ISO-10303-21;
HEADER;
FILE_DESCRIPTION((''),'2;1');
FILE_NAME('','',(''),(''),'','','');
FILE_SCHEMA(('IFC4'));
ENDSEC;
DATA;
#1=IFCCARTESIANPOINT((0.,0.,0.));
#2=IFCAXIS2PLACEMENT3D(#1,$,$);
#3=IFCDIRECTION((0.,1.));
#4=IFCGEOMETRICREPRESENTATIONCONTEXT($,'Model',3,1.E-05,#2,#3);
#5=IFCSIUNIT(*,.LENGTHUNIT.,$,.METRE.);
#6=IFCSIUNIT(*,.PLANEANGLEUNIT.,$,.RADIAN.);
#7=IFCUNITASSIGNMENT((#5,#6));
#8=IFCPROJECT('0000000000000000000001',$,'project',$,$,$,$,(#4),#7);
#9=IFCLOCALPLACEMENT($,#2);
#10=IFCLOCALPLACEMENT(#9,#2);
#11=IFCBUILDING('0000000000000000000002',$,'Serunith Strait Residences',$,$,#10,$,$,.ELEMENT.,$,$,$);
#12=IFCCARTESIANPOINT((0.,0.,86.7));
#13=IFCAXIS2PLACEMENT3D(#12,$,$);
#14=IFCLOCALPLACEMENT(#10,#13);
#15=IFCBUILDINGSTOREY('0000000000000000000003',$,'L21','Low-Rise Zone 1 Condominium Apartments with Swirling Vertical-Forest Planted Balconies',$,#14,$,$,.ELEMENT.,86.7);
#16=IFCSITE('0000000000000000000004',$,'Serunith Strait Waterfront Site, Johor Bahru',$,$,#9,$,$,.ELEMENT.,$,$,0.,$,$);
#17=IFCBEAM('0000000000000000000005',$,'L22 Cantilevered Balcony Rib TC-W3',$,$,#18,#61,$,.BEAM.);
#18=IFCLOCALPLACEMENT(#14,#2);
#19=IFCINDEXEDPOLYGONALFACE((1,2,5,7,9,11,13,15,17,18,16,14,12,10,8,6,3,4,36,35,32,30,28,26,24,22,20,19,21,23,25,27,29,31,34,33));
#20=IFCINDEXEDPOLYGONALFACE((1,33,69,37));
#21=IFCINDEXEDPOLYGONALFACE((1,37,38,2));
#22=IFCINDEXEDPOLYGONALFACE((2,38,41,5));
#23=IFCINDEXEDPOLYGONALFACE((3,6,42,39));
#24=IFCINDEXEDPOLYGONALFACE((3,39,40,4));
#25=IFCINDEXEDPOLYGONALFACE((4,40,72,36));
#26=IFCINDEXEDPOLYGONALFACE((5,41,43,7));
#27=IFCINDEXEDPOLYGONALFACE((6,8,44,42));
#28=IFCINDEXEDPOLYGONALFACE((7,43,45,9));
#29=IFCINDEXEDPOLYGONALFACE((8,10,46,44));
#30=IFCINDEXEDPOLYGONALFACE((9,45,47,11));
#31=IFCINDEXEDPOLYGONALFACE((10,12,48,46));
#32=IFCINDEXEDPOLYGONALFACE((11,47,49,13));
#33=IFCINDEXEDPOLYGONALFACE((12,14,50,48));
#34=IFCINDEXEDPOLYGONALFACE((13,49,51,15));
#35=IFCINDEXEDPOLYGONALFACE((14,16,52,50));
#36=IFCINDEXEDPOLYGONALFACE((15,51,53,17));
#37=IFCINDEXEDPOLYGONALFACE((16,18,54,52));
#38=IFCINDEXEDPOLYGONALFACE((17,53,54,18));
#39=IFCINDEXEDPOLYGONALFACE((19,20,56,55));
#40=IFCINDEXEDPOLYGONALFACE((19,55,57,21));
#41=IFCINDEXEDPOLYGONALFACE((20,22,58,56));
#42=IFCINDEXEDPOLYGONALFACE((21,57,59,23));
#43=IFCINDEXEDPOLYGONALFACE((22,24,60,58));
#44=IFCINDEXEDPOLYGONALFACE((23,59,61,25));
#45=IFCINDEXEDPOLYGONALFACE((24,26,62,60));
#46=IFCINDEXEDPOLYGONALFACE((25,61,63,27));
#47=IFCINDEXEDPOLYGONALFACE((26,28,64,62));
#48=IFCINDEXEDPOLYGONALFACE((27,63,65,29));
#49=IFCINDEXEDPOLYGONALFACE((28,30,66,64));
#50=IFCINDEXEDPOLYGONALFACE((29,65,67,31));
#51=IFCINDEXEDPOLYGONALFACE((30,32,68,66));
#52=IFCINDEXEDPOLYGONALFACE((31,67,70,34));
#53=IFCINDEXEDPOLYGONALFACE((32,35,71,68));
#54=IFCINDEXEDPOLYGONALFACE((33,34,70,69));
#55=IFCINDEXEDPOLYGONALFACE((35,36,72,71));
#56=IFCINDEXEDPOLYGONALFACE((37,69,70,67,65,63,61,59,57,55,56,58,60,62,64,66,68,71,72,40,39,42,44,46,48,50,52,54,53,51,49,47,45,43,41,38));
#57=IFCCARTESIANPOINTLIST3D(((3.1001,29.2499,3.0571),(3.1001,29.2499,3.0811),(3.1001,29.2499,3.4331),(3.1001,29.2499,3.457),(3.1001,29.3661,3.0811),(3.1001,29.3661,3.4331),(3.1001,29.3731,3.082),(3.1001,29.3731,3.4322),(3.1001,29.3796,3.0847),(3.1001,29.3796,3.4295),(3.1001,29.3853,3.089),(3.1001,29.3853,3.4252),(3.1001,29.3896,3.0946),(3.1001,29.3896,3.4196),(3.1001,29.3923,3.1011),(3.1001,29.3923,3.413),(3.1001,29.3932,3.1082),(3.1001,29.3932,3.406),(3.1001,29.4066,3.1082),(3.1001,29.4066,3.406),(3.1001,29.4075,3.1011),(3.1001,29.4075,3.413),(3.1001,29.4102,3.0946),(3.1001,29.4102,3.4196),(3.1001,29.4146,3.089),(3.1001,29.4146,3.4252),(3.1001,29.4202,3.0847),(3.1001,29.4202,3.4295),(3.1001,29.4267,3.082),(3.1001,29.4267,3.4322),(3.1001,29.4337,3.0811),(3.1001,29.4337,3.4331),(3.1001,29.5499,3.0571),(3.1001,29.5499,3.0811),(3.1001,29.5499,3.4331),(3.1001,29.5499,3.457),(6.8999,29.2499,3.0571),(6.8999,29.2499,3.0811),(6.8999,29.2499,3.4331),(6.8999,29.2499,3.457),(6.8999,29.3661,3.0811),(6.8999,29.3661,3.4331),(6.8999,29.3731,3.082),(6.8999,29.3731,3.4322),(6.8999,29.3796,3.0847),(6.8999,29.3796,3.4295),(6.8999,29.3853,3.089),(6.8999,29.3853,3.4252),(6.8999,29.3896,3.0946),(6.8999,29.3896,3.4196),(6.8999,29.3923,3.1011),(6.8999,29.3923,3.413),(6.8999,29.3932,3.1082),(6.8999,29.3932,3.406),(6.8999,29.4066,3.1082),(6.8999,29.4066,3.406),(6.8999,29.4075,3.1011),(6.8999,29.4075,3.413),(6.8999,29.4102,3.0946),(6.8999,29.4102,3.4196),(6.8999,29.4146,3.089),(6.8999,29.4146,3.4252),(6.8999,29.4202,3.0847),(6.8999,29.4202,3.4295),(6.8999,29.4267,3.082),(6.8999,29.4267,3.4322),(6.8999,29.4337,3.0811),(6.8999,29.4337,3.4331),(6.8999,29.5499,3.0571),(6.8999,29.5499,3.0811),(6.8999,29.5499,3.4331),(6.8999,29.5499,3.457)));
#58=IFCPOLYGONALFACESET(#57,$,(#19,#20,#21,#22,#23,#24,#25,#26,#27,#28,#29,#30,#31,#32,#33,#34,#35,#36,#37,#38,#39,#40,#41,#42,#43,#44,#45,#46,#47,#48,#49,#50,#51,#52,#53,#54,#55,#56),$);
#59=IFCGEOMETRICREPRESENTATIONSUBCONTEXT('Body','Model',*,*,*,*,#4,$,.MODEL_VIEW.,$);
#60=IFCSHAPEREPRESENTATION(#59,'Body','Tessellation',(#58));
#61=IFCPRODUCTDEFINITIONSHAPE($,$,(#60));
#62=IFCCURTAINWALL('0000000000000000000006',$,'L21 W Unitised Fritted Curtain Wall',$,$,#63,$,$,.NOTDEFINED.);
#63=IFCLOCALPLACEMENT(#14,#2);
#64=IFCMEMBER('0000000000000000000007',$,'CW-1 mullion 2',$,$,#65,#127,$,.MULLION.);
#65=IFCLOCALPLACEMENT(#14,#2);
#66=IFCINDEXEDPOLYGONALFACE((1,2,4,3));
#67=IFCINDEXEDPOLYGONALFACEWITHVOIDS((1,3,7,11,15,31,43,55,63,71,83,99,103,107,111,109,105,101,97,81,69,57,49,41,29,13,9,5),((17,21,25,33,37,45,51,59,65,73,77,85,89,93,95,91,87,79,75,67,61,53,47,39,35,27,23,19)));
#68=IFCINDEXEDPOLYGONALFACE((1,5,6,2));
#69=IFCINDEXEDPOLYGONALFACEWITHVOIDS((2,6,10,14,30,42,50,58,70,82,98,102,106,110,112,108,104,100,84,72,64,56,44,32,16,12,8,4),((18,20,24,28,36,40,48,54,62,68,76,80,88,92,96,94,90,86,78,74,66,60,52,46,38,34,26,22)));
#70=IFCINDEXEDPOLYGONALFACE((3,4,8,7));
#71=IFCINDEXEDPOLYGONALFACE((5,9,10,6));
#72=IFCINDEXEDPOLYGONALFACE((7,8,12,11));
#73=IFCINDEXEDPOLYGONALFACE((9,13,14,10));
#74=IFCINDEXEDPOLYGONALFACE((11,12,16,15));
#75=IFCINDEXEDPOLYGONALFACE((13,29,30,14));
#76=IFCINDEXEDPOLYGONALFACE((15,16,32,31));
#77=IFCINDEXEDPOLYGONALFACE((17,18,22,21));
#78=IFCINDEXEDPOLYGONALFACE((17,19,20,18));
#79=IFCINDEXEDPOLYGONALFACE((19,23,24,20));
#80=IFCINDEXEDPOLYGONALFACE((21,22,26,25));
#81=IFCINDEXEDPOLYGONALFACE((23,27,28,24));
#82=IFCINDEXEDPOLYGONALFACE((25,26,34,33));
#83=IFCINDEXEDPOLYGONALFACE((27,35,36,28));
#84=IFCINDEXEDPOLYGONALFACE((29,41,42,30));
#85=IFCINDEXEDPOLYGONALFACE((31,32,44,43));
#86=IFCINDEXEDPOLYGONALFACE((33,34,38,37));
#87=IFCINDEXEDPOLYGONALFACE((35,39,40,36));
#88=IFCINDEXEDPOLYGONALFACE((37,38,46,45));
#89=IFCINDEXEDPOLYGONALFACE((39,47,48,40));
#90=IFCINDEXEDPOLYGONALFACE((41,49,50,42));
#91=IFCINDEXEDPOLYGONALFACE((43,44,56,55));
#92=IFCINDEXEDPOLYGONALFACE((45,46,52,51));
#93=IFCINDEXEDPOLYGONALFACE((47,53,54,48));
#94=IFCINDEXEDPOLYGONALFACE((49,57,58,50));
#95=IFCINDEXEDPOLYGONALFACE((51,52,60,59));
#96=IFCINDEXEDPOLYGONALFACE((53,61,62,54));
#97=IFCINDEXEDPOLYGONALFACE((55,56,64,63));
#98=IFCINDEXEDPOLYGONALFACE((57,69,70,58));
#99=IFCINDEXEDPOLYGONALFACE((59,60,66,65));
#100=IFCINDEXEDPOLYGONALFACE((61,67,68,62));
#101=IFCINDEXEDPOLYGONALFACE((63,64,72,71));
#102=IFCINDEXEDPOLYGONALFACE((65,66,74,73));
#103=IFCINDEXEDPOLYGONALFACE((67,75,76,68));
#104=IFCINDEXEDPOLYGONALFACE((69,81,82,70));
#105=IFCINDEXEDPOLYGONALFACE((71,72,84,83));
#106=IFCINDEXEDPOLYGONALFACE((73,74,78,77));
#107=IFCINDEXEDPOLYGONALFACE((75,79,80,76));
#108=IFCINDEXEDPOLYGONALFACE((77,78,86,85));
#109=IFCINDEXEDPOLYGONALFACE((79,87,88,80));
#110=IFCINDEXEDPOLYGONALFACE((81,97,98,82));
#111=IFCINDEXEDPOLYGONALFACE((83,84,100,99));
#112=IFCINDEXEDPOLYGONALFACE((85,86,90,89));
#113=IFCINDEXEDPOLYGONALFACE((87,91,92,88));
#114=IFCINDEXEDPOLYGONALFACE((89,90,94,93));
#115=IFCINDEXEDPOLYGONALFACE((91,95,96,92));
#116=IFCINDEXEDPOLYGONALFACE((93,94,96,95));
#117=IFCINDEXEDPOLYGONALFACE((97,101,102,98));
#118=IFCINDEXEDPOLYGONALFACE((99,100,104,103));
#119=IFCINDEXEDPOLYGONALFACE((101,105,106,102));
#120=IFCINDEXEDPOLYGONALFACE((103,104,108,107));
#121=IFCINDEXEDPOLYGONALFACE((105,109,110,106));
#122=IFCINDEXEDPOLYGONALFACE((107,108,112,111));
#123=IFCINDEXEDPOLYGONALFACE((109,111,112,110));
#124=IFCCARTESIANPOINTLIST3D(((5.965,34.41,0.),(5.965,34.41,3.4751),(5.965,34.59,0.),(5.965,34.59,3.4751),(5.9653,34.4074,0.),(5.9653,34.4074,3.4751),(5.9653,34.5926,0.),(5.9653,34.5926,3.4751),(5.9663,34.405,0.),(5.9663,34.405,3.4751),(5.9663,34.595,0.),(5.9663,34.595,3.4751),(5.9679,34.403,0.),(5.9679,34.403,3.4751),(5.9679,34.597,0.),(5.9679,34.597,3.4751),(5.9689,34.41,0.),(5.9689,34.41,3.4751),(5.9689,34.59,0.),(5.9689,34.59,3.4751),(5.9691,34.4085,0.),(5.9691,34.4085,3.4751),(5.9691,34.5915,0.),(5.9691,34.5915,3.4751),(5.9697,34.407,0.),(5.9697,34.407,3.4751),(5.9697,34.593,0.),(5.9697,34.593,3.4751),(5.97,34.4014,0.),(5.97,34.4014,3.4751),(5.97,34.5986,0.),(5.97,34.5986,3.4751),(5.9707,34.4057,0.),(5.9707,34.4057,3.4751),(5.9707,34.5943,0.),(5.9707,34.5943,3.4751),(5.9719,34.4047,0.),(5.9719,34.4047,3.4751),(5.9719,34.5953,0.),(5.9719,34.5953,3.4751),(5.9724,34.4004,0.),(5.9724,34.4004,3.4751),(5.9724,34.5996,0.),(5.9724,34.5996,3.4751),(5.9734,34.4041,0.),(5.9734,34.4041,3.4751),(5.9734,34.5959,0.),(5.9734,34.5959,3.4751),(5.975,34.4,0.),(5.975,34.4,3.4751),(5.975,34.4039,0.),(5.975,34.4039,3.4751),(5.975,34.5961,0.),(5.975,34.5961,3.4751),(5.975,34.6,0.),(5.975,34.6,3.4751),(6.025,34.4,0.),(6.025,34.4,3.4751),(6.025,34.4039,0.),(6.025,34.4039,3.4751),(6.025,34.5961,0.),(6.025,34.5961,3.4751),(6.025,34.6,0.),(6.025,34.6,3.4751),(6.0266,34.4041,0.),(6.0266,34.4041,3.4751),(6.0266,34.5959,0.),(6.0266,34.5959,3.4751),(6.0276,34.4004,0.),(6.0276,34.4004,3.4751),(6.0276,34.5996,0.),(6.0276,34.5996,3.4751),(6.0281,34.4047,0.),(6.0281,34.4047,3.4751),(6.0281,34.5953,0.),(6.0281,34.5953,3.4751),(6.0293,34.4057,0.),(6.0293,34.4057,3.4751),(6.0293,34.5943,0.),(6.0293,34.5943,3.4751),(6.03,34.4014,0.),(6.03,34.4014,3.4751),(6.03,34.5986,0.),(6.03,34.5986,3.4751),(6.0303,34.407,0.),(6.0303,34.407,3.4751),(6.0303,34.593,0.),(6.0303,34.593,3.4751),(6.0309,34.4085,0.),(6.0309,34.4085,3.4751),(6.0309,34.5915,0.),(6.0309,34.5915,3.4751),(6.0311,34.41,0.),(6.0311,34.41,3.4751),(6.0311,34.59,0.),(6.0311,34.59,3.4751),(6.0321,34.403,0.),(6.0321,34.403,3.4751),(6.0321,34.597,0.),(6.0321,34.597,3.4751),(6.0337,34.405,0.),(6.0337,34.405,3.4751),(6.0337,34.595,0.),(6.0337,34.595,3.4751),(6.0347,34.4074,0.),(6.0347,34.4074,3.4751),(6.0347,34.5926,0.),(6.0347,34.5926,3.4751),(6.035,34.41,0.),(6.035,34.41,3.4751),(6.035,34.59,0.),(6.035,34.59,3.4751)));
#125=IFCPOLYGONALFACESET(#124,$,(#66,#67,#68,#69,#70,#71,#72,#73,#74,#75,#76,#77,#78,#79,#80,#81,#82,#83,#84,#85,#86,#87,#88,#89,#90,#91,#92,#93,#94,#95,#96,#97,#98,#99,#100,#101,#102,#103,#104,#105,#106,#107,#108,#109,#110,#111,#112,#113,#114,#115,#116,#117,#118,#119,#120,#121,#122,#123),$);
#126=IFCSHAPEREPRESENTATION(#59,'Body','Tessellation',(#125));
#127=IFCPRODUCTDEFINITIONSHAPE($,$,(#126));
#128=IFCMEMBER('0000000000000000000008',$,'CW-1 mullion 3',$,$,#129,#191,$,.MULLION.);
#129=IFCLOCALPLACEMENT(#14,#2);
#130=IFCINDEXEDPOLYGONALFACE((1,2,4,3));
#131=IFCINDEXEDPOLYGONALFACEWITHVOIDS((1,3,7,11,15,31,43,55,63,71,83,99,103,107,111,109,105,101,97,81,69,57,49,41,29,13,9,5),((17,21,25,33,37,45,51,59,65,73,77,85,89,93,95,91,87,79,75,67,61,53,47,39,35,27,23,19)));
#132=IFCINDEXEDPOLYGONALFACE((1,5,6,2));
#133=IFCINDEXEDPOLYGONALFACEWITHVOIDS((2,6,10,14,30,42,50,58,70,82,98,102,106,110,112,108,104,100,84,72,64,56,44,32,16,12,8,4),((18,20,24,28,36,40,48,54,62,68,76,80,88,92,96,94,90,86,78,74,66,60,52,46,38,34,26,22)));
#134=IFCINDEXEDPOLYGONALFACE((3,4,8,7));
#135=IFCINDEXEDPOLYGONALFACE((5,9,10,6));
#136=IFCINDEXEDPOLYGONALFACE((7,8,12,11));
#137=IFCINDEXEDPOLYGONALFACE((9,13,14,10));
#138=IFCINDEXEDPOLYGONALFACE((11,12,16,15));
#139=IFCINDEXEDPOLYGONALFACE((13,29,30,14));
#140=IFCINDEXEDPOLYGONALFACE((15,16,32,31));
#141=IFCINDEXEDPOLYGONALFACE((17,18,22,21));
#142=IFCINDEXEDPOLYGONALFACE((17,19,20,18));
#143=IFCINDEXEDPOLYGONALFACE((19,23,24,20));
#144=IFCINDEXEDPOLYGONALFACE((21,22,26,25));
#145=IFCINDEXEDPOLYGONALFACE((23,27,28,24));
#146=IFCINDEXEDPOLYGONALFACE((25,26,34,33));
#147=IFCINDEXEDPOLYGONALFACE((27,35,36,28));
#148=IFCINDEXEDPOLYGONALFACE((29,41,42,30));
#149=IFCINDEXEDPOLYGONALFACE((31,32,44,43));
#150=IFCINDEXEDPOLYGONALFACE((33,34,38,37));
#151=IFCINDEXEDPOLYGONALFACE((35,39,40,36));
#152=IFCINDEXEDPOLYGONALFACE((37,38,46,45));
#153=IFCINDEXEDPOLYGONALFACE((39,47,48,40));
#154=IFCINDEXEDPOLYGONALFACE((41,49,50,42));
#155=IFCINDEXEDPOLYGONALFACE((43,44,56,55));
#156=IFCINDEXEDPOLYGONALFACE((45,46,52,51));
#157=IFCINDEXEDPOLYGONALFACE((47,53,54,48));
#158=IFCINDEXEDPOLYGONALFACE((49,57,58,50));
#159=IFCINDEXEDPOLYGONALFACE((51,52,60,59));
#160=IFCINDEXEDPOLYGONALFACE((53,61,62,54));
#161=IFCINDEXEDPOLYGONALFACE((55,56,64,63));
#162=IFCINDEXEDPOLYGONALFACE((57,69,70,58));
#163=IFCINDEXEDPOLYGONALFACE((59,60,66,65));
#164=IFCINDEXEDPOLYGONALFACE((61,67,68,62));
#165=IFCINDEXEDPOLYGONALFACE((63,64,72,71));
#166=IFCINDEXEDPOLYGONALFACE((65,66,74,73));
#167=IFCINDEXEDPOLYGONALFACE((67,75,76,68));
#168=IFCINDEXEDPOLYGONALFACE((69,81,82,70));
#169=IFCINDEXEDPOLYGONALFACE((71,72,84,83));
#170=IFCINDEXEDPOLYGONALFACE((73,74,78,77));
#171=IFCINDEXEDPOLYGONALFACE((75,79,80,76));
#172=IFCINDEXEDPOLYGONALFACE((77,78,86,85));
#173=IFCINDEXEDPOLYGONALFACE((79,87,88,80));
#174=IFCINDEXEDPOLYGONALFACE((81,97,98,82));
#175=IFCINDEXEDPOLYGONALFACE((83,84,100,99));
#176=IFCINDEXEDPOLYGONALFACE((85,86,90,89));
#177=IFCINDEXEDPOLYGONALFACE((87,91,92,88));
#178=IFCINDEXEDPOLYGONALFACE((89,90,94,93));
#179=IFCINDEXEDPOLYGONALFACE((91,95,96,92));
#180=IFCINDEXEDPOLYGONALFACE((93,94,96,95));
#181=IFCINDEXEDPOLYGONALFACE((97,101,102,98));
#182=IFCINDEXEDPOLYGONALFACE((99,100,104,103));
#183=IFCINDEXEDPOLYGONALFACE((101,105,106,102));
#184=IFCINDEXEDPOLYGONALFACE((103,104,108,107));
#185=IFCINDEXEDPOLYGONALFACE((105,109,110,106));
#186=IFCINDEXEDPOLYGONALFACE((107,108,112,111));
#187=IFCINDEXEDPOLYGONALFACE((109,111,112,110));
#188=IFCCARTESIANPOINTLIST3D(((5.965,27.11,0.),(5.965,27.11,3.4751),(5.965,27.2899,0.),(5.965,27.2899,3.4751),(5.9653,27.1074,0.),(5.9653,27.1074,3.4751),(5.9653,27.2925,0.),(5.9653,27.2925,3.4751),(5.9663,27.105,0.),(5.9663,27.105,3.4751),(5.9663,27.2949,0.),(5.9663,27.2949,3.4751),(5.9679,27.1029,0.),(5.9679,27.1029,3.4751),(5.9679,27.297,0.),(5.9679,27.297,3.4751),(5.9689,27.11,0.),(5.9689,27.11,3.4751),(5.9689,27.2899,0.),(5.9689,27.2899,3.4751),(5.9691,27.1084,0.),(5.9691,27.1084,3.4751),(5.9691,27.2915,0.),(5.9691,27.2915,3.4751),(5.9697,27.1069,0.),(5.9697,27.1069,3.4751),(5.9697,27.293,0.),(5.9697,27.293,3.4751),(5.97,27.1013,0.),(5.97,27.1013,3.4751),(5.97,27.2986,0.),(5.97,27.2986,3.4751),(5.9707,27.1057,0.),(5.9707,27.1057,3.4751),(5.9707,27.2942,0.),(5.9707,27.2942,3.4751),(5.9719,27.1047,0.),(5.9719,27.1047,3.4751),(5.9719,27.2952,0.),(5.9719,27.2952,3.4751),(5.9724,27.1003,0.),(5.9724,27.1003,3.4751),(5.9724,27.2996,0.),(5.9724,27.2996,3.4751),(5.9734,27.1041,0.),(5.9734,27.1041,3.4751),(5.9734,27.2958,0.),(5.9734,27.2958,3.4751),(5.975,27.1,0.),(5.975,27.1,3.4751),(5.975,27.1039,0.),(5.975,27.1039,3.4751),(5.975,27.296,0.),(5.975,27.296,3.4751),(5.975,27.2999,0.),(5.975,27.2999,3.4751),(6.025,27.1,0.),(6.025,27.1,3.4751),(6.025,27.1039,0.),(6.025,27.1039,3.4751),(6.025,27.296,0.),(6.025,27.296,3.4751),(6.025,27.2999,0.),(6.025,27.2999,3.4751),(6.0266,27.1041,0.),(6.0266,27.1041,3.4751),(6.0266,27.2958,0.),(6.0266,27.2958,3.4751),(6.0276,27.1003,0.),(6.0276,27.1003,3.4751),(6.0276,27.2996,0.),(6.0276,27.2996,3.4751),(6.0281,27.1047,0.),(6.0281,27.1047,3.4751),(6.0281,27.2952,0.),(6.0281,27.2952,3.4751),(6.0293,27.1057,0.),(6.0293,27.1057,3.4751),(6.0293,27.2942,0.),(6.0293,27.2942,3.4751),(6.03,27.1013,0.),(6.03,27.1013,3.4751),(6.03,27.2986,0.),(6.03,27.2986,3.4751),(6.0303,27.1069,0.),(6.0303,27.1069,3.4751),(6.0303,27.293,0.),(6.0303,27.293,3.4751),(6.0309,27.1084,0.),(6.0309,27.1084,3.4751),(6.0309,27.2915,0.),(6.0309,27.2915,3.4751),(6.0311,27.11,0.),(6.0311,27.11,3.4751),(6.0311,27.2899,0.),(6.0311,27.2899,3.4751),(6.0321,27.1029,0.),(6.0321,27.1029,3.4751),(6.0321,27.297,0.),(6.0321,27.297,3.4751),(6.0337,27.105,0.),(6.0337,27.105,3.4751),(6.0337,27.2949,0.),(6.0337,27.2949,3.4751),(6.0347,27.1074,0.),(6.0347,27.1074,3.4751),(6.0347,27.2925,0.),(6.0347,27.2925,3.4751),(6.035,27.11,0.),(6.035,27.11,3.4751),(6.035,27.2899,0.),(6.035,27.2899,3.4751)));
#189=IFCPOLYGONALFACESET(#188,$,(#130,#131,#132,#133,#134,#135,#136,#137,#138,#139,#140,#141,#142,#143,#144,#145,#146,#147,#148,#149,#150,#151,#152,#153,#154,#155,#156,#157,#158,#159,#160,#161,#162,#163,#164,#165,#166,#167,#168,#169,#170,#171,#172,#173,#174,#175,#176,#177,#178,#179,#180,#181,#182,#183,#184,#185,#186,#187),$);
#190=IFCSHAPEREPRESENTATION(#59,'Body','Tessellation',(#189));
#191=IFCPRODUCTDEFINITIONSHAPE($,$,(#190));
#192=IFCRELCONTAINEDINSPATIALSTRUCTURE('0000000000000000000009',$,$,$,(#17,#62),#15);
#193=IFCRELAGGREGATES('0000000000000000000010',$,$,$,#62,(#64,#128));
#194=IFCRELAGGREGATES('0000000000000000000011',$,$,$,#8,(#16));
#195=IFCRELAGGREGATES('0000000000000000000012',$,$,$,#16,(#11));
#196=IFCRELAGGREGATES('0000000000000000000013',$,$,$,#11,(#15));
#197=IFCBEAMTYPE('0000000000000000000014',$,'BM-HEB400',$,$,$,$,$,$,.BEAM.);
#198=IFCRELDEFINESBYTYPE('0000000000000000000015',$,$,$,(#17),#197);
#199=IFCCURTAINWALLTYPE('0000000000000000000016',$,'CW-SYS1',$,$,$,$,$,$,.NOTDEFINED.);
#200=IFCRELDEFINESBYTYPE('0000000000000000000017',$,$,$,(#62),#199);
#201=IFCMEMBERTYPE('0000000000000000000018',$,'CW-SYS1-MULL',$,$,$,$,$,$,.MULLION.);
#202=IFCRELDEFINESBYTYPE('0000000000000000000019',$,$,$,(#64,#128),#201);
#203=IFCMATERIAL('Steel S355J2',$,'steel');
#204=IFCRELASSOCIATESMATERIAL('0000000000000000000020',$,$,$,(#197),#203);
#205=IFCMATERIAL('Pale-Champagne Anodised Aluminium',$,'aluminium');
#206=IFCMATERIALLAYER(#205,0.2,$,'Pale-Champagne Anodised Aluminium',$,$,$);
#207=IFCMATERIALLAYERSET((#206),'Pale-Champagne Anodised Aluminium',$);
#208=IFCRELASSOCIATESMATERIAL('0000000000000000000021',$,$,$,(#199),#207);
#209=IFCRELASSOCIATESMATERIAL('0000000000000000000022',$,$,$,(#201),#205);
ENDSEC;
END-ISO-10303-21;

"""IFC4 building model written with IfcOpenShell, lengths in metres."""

from ifc_helpers import new_model, si_unit, direction, frame, origin, origin_2d, place, context, subcontext, project, spatial, hollow_rectangle, i_section, extrude, source, transform, mapped, material, layer, layer_set, material_profile, profile_set, type_object, element, aggregate, save


model = new_model("IFC4")

# Units and contexts
model_context = context("Model", 3, precision=1e-05, world=origin(), true_north=direction((0.0, 1.0)))
body_context = subcontext(model_context, "Body", "Model", "MODEL_VIEW")
ifc_project = project(units=[si_unit("LENGTHUNIT", "METRE"), si_unit("PLANEANGLEUNIT", "RADIAN")], contexts=[model_context])

# Site, building, storey
site_placement = place(None, origin())
site = spatial("IfcSite", under=ifc_project, at=site_placement, Name="Serunith Strait Waterfront Site, Johor Bahru", CompositionType="ELEMENT", RefElevation=0.0)
building_placement = place(site_placement, origin())
building = spatial("IfcBuilding", under=site, at=building_placement, Name="Serunith Strait Residences", CompositionType="ELEMENT")
storey_placement = place(building_placement, frame((0.0, 0.0, 86.7)))
storey = spatial("IfcBuildingStorey", under=building, at=storey_placement, Name="L21", Description="Low-Rise Zone 1 Condominium Apartments with Swirling Vertical-Forest Planted Balconies", CompositionType="ELEMENT", Elevation=86.7)

# Beam
ifc_material_1 = material(Name="Steel S355J2", Category="steel")
ifc_material_profile_1 = material_profile(ifc_material_1, i_section(OverallWidth=0.3, OverallDepth=0.3999, WebThickness=0.0134, FlangeThickness=0.0239, FilletRadius=0.0271, at=origin_2d()), Name="HEB 400")
ifc_profile_set_1 = profile_set([ifc_material_profile_1], Name="Steel S355J2")
beam_type_1 = type_object("IfcBeamType", Name="BM-HEB400", PredefinedType="BEAM", material=ifc_profile_set_1)
shared_shape_1 = source(origin(), body_context, "Body", "SweptSolid", [
    extrude(i_section(OverallWidth=0.3, OverallDepth=0.3999, WebThickness=0.0134, FlangeThickness=0.0239, FilletRadius=0.0271, at=origin_2d()), origin(), (0.0, 0.0, 1.0), 3.7998),
])
beam_1_placement = place(storey_placement, frame((6.8999, 29.3999, 3.2571), z_axis=(-1.0, 0.0, 0.0), x_axis=(0.0, -1.0, 0.0)))
element("IfcBeam", 1, at=beam_1_placement, inside=storey, type_object=beam_type_1, Name="L22 Cantilevered Balcony Rib TC-W3", PredefinedType="BEAM", context=body_context, shape_type="MappedRepresentation", body=[
    mapped(shared_shape_1, transform((0.0, 0.0, 0.0), scale=1.0)),
])

# Curtain wall, members
ifc_material_2 = material(Name="Pale-Champagne Anodised Aluminium", Category="aluminium")
ifc_layer_1 = layer(ifc_material_2, 0.2, Name="Pale-Champagne Anodised Aluminium")
ifc_layer_set_1 = layer_set([ifc_layer_1], Name="Pale-Champagne Anodised Aluminium")
curtain_wall_type = type_object("IfcCurtainWallType", Name="CW-SYS1", PredefinedType="NOTDEFINED", material=ifc_layer_set_1)
curtain_wall_placement = place(storey_placement, origin())
curtain_wall = element("IfcCurtainWall", 2, at=curtain_wall_placement, inside=storey, type_object=curtain_wall_type, Name="L21 W Unitised Fritted Curtain Wall", PredefinedType="NOTDEFINED")
ifc_material_profile_2 = material_profile(ifc_material_2, hollow_rectangle(XDim=0.0701, YDim=0.2, WallThickness=0.0039, InnerFilletRadius=0.0061, OuterFilletRadius=0.01, at=origin_2d()), Name="ALU 200x70x4")
ifc_profile_set_2 = profile_set([ifc_material_profile_2], Name="Pale-Champagne Anodised Aluminium")
member_type_1 = type_object("IfcMemberType", Name="CW-SYS1-MULL", PredefinedType="MULLION", material=ifc_profile_set_2)
shared_shape_2 = source(origin(), body_context, "Body", "SweptSolid", [
    extrude(hollow_rectangle(XDim=0.0701, YDim=0.2, WallThickness=0.0039, InnerFilletRadius=0.0061, OuterFilletRadius=0.01, at=origin_2d()), origin(), (0.0, 0.0, 1.0), 3.4751),
])
member_1_placement = place(storey_placement, frame((6.0, 34.5, 0.0), z_axis=(0.0, 0.0, 1.0), x_axis=(1.0, 0.0, 0.0)))
member_1 = element("IfcMember", 3, at=member_1_placement, type_object=member_type_1, Name="CW-1 mullion 2", PredefinedType="MULLION", context=body_context, shape_type="MappedRepresentation", body=[
    mapped(shared_shape_2, transform((0.0, 0.0, 0.0), scale=1.0)),
])
member_2_placement = place(storey_placement, frame((6.0, 27.2, 0.0), z_axis=(0.0, 0.0, 1.0), x_axis=(1.0, 0.0, 0.0)))
member_2 = element("IfcMember", 4, at=member_2_placement, type_object=member_type_1, Name="CW-1 mullion 3", PredefinedType="MULLION", context=body_context, shape_type="MappedRepresentation", body=[
    mapped(shared_shape_2, transform((0.0, 0.0, 0.0), scale=1.0)),
])
aggregate(curtain_wall, [member_1, member_2])

save(model, "model.ifc")
